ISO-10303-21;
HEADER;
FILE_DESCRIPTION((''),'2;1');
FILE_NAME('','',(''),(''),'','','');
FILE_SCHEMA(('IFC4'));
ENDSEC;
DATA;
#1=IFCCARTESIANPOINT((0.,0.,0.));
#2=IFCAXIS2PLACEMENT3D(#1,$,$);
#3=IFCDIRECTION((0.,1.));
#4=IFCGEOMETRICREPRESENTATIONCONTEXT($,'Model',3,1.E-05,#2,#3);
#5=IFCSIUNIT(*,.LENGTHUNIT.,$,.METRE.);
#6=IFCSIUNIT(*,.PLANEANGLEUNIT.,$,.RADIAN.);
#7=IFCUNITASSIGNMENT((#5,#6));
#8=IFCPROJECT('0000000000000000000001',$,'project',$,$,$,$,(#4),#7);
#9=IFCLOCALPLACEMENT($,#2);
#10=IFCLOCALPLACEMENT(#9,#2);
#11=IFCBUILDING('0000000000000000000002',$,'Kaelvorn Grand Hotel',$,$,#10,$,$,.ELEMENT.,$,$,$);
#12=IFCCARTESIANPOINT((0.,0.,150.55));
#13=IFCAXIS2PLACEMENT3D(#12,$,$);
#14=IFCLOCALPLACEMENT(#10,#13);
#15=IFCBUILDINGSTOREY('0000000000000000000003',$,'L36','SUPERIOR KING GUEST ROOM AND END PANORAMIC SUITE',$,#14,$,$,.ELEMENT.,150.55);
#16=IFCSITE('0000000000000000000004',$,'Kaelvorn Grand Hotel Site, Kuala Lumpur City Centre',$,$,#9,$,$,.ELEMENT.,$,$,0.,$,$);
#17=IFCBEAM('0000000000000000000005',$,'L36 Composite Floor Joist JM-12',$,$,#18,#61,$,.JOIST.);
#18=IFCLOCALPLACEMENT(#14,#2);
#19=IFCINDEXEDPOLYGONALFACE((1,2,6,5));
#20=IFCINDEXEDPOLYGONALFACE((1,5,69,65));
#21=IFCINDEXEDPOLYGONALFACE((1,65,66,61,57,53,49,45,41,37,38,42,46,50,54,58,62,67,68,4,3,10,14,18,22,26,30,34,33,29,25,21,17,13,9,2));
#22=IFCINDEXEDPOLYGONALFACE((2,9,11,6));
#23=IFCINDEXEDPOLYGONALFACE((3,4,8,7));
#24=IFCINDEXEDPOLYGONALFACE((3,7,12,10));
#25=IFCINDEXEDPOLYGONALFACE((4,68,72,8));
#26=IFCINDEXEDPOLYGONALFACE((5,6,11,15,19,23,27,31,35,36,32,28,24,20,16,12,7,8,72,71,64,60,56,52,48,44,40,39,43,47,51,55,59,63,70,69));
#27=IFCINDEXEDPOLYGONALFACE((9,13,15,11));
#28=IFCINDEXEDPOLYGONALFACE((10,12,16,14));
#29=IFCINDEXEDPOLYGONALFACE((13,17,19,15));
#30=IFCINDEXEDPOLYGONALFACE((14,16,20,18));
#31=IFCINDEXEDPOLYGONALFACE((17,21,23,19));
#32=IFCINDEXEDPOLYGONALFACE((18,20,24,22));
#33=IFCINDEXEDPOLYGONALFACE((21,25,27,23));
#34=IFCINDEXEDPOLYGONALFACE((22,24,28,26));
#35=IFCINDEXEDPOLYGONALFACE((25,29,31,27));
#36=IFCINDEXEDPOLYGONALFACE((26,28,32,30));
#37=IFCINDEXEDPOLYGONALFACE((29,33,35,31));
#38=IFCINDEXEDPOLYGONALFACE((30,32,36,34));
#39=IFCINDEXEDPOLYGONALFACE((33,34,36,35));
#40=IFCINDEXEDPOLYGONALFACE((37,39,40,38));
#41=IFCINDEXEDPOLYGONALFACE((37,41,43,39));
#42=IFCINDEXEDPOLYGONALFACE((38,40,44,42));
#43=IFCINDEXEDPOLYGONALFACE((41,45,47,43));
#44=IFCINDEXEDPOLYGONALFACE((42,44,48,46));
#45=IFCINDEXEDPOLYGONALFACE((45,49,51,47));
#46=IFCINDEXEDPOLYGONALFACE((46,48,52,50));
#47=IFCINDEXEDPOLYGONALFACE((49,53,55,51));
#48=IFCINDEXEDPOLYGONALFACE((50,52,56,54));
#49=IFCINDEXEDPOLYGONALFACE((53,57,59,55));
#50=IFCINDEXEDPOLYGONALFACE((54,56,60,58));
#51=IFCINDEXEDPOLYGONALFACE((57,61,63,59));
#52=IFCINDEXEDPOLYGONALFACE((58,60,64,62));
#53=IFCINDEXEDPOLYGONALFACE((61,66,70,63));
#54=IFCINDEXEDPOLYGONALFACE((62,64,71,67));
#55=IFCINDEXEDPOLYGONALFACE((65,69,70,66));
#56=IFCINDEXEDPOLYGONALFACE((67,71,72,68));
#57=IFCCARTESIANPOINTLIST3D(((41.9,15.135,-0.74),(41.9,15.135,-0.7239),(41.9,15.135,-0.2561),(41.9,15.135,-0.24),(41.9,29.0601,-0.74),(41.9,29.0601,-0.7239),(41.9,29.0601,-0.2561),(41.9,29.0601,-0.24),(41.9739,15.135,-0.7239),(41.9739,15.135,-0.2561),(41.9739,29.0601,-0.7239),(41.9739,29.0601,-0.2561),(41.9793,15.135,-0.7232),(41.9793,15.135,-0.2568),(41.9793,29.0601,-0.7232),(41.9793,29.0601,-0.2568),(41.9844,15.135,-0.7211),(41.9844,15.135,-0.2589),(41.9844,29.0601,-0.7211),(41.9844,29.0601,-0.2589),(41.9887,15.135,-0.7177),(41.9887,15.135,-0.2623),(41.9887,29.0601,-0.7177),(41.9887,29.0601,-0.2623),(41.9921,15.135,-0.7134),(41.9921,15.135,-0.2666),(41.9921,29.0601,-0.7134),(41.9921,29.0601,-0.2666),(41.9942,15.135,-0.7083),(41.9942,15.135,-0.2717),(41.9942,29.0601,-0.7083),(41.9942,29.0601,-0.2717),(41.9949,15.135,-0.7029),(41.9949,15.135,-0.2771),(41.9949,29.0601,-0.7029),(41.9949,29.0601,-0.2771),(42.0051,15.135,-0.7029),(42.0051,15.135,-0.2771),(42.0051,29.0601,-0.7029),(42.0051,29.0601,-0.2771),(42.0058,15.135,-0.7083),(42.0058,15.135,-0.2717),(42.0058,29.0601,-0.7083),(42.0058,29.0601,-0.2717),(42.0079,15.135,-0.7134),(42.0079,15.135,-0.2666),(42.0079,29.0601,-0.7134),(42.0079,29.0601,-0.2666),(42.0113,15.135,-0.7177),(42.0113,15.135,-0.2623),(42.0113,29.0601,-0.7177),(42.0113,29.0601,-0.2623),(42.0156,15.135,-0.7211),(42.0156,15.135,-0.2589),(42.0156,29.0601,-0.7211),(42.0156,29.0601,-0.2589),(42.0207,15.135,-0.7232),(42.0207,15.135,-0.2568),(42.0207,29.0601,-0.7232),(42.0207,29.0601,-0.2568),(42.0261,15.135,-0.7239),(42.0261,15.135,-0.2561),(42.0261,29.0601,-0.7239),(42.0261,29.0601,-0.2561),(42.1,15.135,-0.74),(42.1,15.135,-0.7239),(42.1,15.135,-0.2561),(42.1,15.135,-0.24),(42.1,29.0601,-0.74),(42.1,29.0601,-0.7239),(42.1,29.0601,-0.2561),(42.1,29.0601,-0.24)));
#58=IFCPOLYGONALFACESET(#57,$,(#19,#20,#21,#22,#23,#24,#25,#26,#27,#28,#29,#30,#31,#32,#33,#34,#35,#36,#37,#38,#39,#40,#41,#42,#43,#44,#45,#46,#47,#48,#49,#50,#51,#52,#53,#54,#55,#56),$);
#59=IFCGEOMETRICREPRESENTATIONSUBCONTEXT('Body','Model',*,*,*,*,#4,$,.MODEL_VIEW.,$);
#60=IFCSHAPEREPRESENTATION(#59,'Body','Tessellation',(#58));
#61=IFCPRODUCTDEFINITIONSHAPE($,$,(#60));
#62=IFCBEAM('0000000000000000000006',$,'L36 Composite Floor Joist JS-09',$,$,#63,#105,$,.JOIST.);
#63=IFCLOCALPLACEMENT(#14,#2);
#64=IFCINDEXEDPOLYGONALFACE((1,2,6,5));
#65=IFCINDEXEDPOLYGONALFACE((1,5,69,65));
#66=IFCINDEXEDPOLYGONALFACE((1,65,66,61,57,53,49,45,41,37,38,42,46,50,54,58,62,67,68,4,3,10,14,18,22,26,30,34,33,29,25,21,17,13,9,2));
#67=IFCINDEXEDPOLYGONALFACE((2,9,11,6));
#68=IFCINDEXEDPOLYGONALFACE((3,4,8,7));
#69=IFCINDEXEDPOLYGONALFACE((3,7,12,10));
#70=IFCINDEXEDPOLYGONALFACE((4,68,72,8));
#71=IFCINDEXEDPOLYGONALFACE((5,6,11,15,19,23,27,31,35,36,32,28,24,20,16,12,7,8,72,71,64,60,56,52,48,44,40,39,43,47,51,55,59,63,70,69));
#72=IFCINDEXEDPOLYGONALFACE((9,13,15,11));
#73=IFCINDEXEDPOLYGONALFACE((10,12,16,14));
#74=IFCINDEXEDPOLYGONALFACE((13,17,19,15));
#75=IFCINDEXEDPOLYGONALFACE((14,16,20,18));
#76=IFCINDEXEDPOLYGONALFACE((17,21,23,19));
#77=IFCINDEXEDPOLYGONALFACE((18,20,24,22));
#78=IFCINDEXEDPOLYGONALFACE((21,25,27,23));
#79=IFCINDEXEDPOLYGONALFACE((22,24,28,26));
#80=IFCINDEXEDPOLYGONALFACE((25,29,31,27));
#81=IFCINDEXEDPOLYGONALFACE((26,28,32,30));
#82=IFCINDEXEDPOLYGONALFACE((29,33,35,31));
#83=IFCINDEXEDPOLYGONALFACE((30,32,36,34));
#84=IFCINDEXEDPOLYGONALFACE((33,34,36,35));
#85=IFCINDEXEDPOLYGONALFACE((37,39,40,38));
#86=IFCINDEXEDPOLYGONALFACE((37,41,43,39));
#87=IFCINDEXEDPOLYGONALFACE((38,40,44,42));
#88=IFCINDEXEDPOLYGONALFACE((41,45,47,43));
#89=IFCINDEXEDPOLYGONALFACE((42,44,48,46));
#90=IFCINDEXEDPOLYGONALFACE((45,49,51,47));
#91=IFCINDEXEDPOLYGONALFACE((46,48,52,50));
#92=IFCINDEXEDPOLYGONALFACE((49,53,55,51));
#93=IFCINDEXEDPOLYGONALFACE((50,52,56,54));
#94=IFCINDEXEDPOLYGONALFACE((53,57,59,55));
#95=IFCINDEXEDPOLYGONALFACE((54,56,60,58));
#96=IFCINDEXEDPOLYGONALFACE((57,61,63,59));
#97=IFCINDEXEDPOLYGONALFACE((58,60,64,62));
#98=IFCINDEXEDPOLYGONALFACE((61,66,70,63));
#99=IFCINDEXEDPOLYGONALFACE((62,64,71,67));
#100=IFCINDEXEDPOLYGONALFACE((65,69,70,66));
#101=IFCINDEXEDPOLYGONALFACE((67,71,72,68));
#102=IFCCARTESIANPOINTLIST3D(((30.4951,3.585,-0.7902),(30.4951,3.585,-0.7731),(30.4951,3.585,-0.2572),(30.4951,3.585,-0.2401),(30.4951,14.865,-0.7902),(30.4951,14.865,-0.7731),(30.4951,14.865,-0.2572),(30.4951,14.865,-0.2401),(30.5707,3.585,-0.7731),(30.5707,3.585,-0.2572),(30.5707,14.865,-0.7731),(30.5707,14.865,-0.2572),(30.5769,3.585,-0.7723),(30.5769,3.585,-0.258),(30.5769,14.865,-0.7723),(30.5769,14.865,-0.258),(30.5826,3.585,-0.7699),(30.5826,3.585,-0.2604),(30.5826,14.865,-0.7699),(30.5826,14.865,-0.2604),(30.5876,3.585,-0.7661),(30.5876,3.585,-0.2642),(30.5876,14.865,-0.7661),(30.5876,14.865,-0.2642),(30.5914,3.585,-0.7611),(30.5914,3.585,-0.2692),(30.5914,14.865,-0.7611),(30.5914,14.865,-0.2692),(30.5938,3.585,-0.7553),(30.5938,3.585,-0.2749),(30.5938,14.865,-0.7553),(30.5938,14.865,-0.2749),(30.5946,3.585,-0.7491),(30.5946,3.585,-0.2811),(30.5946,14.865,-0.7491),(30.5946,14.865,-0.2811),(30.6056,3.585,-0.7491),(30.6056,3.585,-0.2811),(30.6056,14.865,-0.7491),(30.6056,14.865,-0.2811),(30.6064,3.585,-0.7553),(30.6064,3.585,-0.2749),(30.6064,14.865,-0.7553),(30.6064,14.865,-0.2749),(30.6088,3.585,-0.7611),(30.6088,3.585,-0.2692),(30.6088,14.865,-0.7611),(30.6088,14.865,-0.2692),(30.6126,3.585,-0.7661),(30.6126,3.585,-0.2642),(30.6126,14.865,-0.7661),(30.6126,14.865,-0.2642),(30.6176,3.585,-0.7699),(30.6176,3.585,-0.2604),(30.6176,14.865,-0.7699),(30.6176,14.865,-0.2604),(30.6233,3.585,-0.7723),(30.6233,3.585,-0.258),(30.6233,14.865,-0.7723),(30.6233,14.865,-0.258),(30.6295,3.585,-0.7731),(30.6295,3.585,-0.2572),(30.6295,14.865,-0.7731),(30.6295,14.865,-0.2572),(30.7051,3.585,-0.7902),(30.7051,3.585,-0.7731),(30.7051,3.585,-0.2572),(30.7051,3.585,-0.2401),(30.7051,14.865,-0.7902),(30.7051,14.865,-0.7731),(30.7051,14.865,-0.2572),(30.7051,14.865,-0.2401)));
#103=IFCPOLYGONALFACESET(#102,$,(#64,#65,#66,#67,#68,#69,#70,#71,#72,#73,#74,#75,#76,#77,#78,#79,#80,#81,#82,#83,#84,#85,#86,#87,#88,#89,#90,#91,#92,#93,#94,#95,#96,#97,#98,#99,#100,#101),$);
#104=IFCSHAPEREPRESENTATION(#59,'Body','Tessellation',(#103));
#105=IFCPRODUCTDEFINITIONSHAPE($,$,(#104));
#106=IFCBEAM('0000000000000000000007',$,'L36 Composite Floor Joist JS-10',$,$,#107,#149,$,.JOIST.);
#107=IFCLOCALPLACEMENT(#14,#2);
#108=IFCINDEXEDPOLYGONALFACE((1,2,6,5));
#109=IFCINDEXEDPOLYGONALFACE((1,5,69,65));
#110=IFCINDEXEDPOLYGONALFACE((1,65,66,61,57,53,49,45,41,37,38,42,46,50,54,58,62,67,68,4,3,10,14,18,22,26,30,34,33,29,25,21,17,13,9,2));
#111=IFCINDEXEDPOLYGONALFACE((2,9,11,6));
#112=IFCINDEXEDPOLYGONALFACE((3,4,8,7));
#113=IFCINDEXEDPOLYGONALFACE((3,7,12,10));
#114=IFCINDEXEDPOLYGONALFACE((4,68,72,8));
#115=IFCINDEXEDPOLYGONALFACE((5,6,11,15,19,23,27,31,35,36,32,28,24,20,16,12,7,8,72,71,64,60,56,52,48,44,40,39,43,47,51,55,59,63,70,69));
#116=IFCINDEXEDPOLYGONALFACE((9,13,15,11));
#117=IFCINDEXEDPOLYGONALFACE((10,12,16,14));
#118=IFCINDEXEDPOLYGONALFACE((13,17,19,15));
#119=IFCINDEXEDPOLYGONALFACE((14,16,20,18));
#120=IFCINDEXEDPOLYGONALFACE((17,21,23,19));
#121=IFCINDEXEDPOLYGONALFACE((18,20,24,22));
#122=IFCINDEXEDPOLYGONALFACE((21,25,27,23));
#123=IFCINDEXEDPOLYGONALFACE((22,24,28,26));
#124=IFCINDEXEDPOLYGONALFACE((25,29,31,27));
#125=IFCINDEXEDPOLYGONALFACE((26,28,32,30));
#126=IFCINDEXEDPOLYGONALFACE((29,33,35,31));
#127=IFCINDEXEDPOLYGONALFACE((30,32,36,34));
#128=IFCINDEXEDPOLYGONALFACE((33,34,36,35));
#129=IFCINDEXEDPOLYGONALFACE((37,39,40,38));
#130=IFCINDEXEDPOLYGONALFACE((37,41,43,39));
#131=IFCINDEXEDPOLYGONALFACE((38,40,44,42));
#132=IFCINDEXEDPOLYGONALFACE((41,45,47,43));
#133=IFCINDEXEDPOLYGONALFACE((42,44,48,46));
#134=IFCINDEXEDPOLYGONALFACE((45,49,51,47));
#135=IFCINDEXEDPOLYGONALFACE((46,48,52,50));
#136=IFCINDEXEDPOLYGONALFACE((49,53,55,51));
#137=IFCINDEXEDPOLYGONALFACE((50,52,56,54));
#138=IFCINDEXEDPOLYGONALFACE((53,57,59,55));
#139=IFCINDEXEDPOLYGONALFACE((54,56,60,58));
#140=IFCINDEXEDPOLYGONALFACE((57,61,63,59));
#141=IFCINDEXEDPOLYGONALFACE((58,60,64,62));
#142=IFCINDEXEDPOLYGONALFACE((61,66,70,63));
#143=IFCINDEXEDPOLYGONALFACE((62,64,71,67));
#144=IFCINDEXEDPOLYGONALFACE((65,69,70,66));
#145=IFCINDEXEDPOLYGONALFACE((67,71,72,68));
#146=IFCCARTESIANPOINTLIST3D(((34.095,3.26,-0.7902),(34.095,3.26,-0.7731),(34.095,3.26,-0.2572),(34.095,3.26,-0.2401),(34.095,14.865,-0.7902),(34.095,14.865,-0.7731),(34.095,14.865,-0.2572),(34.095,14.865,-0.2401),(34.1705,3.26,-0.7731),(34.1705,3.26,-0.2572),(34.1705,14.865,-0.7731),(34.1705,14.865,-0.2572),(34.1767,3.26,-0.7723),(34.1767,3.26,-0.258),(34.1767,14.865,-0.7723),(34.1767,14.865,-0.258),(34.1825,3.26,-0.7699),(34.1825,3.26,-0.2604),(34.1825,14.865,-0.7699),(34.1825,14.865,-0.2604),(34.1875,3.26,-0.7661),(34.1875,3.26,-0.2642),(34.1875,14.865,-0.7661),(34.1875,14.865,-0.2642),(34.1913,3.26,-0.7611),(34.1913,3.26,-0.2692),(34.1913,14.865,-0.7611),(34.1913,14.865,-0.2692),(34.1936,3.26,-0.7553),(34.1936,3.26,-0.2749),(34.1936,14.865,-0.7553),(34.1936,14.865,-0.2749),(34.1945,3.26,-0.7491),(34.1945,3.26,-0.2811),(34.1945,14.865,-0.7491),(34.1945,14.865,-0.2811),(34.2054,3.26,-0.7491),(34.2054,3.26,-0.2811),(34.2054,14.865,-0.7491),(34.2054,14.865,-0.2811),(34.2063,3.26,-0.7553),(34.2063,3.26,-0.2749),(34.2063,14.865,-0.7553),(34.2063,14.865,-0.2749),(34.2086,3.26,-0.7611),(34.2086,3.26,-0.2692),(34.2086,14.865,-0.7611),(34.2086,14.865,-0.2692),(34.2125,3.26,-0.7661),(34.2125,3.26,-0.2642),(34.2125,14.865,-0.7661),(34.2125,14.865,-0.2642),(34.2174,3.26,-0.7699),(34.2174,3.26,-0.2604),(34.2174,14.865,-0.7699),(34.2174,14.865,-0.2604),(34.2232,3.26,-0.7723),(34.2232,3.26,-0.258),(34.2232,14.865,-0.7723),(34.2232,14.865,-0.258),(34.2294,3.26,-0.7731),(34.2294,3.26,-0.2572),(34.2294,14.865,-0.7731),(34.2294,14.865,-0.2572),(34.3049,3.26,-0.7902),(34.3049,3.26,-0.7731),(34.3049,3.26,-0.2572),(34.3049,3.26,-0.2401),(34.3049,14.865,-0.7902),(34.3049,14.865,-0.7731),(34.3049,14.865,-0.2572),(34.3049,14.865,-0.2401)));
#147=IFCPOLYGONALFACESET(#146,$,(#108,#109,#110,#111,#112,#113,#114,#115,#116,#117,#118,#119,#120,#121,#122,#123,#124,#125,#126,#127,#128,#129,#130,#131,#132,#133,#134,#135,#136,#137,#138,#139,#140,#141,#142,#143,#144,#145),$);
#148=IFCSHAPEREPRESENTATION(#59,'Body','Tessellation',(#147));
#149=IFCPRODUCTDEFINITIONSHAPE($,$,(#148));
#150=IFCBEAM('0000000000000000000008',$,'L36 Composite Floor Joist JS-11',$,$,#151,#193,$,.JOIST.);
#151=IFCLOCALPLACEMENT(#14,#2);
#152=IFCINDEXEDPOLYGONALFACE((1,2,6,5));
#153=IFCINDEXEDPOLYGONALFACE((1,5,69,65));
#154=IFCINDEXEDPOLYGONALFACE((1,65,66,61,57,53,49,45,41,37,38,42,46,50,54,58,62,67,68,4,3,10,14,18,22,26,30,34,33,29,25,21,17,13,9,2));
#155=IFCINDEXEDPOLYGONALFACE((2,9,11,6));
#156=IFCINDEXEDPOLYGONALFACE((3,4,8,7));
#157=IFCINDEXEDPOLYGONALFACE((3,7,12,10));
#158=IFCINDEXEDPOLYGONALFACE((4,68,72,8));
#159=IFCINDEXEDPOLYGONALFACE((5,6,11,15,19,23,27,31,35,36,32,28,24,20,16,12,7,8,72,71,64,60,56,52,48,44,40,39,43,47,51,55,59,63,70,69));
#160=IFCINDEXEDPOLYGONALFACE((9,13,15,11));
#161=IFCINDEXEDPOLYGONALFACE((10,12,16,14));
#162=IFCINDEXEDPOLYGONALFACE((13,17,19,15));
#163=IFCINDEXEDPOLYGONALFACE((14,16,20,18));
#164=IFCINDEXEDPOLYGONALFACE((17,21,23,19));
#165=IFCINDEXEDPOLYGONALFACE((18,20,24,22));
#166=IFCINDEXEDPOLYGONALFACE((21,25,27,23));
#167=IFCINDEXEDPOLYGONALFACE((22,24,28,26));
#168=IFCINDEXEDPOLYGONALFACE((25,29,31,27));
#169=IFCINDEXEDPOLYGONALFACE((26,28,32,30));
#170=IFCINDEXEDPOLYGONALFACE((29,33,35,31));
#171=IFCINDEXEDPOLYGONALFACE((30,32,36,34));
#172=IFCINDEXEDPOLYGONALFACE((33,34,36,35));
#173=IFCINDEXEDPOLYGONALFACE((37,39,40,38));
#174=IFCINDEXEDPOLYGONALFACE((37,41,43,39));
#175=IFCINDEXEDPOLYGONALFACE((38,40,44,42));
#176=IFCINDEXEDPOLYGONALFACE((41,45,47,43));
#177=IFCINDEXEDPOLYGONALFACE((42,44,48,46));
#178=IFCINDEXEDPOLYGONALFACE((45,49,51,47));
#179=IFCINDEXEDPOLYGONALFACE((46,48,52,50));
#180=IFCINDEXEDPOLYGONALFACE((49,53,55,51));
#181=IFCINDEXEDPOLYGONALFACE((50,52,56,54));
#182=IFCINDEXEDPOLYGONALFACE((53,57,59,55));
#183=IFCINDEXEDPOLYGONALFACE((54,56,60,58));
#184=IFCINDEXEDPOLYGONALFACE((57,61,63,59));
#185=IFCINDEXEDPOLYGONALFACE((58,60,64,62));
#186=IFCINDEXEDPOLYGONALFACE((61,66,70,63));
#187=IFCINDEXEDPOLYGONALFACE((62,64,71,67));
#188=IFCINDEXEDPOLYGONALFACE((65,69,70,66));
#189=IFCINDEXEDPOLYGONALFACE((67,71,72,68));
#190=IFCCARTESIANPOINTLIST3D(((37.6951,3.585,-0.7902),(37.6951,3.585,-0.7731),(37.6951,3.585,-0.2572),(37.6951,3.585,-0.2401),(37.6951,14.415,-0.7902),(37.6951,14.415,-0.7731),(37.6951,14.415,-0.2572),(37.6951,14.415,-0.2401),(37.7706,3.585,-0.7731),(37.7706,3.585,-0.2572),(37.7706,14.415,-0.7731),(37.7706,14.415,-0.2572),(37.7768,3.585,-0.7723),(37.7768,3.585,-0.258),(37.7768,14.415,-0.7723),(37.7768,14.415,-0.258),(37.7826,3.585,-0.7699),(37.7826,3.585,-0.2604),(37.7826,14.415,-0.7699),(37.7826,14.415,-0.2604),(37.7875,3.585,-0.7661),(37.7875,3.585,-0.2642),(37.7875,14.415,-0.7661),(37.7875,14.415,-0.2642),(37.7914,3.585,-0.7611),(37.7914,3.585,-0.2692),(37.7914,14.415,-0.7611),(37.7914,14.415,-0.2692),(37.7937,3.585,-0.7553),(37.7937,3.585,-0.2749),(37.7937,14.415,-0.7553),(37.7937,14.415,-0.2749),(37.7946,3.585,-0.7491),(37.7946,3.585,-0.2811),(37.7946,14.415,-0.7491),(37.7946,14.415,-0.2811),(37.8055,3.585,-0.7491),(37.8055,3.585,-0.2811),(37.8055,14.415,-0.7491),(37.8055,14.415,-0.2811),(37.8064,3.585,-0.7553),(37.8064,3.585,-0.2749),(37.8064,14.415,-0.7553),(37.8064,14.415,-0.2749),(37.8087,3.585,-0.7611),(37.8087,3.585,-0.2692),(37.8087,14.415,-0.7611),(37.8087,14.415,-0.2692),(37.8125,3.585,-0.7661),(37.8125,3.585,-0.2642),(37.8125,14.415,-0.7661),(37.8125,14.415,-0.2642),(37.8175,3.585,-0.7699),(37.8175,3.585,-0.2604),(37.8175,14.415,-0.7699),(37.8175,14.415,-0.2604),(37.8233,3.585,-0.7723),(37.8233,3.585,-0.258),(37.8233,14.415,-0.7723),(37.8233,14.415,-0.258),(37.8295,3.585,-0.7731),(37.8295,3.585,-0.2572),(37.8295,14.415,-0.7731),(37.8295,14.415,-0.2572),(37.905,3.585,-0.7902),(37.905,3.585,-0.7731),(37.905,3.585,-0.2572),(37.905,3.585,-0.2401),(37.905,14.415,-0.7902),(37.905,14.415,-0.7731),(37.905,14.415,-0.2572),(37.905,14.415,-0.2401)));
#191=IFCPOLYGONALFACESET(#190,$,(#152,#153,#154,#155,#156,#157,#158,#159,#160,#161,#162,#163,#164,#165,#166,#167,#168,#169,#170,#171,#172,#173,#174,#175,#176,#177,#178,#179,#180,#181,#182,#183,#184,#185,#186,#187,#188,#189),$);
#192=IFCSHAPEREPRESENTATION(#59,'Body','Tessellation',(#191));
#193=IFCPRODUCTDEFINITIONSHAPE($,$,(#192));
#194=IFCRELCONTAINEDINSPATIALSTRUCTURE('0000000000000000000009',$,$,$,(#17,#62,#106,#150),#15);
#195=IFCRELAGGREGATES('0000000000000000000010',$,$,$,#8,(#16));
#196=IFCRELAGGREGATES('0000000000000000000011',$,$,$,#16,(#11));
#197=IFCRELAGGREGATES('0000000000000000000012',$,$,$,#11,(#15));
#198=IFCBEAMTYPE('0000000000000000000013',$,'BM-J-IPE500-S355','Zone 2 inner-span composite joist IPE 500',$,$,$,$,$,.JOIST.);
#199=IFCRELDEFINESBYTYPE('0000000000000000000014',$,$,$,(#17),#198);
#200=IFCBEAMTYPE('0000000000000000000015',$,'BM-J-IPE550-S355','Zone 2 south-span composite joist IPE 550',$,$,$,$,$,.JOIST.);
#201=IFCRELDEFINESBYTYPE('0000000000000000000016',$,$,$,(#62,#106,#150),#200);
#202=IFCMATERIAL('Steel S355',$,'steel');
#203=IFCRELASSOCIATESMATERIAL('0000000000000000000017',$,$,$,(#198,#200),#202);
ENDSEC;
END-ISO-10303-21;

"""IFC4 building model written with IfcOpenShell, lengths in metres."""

from ifc_helpers import new_model, si_unit, direction, frame, origin, origin_2d, place, context, subcontext, project, spatial, i_section, extrude, material, material_profile, profile_set, type_object, element, save


model = new_model("IFC4")

# Units and contexts
model_context = context("Model", 3, precision=1e-05, world=origin(), true_north=direction((0.0, 1.0)))
body_context = subcontext(model_context, "Body", "Model", "MODEL_VIEW")
ifc_project = project(units=[si_unit("LENGTHUNIT", "METRE"), si_unit("PLANEANGLEUNIT", "RADIAN")], contexts=[model_context])

# Site, building, storey
site_placement = place(None, origin())
site = spatial("IfcSite", under=ifc_project, at=site_placement, Name="Kaelvorn Grand Hotel Site, Kuala Lumpur City Centre", CompositionType="ELEMENT", RefElevation=0.0)
building_placement = place(site_placement, origin())
building = spatial("IfcBuilding", under=site, at=building_placement, Name="Kaelvorn Grand Hotel", CompositionType="ELEMENT")
storey_placement = place(building_placement, frame((0.0, 0.0, 150.55)))
storey = spatial("IfcBuildingStorey", under=building, at=storey_placement, Name="L36", Description="SUPERIOR KING GUEST ROOM AND END PANORAMIC SUITE", CompositionType="ELEMENT", Elevation=150.55)

# Beams
ifc_material_1 = material(Name="Steel S355", Category="steel")
ifc_material_profile_1 = material_profile(ifc_material_1, i_section(OverallWidth=0.2, OverallDepth=0.5, WebThickness=0.0103, FlangeThickness=0.0161, FilletRadius=0.021, at=origin_2d()), Name="IPE 500")
ifc_profile_set_1 = profile_set([ifc_material_profile_1], Name="Steel S355")
beam_type_1 = type_object("IfcBeamType", Name="BM-J-IPE500-S355", Description="Zone 2 inner-span composite joist IPE 500", PredefinedType="JOIST", material=ifc_profile_set_1)
for number, where, z_axis, x_axis, name in (
    (1, (42.0, 15.135, -0.49), (0.0, 1.0, 0.0), (-1.0, 0.0, 0.0), "L36 Composite Floor Joist JM-12"),
):
    element("IfcBeam", number, at=place(storey_placement, frame(where, z_axis=z_axis, x_axis=x_axis)), inside=storey, type_object=beam_type_1, Name=name, PredefinedType="JOIST", context=body_context, shape_type="SweptSolid", body=[
        extrude(i_section(OverallWidth=0.2, OverallDepth=0.5, WebThickness=0.0103, FlangeThickness=0.0161, FilletRadius=0.021, at=origin_2d()), origin(), (0.0, 0.0, 1.0), 13.925),
    ])
ifc_material_profile_2 = material_profile(ifc_material_1, i_section(OverallWidth=0.21, OverallDepth=0.55, WebThickness=0.011, FlangeThickness=0.0171, FilletRadius=0.0239, at=origin_2d()), Name="IPE 550")
ifc_profile_set_2 = profile_set([ifc_material_profile_2], Name="Steel S355")
beam_type_2 = type_object("IfcBeamType", Name="BM-J-IPE550-S355", Description="Zone 2 south-span composite joist IPE 550", PredefinedType="JOIST", material=ifc_profile_set_2)
beam_1_placement = place(storey_placement, frame((30.6001, 3.585, -0.5151), z_axis=(0.0, 1.0, 0.0), x_axis=(-1.0, 0.0, 0.0)))
element("IfcBeam", 2, at=beam_1_placement, inside=storey, type_object=beam_type_2, Name="L36 Composite Floor Joist JS-09", PredefinedType="JOIST", context=body_context, shape_type="SweptSolid", body=[
    extrude(i_section(OverallWidth=0.21, OverallDepth=0.55, WebThickness=0.011, FlangeThickness=0.0171, FilletRadius=0.0239, at=origin_2d()), origin(), (0.0, 0.0, 1.0), 11.28),
])
beam_2_placement = place(storey_placement, frame((34.2, 3.26, -0.5151), z_axis=(0.0, 1.0, 0.0), x_axis=(-1.0, 0.0, 0.0)))
element("IfcBeam", 3, at=beam_2_placement, inside=storey, type_object=beam_type_2, Name="L36 Composite Floor Joist JS-10", PredefinedType="JOIST", context=body_context, shape_type="SweptSolid", body=[
    extrude(i_section(OverallWidth=0.21, OverallDepth=0.55, WebThickness=0.011, FlangeThickness=0.0171, FilletRadius=0.0239, at=origin_2d()), origin(), (0.0, 0.0, 1.0), 11.605),
])
beam_3_placement = place(storey_placement, frame((37.8, 3.585, -0.5151), z_axis=(0.0, 1.0, 0.0), x_axis=(-1.0, 0.0, 0.0)))
element("IfcBeam", 4, at=beam_3_placement, inside=storey, type_object=beam_type_2, Name="L36 Composite Floor Joist JS-11", PredefinedType="JOIST", context=body_context, shape_type="SweptSolid", body=[
    extrude(i_section(OverallWidth=0.21, OverallDepth=0.55, WebThickness=0.011, FlangeThickness=0.0171, FilletRadius=0.0239, at=origin_2d()), origin(), (0.0, 0.0, 1.0), 10.8301),
])

save(model, "model.ifc")
